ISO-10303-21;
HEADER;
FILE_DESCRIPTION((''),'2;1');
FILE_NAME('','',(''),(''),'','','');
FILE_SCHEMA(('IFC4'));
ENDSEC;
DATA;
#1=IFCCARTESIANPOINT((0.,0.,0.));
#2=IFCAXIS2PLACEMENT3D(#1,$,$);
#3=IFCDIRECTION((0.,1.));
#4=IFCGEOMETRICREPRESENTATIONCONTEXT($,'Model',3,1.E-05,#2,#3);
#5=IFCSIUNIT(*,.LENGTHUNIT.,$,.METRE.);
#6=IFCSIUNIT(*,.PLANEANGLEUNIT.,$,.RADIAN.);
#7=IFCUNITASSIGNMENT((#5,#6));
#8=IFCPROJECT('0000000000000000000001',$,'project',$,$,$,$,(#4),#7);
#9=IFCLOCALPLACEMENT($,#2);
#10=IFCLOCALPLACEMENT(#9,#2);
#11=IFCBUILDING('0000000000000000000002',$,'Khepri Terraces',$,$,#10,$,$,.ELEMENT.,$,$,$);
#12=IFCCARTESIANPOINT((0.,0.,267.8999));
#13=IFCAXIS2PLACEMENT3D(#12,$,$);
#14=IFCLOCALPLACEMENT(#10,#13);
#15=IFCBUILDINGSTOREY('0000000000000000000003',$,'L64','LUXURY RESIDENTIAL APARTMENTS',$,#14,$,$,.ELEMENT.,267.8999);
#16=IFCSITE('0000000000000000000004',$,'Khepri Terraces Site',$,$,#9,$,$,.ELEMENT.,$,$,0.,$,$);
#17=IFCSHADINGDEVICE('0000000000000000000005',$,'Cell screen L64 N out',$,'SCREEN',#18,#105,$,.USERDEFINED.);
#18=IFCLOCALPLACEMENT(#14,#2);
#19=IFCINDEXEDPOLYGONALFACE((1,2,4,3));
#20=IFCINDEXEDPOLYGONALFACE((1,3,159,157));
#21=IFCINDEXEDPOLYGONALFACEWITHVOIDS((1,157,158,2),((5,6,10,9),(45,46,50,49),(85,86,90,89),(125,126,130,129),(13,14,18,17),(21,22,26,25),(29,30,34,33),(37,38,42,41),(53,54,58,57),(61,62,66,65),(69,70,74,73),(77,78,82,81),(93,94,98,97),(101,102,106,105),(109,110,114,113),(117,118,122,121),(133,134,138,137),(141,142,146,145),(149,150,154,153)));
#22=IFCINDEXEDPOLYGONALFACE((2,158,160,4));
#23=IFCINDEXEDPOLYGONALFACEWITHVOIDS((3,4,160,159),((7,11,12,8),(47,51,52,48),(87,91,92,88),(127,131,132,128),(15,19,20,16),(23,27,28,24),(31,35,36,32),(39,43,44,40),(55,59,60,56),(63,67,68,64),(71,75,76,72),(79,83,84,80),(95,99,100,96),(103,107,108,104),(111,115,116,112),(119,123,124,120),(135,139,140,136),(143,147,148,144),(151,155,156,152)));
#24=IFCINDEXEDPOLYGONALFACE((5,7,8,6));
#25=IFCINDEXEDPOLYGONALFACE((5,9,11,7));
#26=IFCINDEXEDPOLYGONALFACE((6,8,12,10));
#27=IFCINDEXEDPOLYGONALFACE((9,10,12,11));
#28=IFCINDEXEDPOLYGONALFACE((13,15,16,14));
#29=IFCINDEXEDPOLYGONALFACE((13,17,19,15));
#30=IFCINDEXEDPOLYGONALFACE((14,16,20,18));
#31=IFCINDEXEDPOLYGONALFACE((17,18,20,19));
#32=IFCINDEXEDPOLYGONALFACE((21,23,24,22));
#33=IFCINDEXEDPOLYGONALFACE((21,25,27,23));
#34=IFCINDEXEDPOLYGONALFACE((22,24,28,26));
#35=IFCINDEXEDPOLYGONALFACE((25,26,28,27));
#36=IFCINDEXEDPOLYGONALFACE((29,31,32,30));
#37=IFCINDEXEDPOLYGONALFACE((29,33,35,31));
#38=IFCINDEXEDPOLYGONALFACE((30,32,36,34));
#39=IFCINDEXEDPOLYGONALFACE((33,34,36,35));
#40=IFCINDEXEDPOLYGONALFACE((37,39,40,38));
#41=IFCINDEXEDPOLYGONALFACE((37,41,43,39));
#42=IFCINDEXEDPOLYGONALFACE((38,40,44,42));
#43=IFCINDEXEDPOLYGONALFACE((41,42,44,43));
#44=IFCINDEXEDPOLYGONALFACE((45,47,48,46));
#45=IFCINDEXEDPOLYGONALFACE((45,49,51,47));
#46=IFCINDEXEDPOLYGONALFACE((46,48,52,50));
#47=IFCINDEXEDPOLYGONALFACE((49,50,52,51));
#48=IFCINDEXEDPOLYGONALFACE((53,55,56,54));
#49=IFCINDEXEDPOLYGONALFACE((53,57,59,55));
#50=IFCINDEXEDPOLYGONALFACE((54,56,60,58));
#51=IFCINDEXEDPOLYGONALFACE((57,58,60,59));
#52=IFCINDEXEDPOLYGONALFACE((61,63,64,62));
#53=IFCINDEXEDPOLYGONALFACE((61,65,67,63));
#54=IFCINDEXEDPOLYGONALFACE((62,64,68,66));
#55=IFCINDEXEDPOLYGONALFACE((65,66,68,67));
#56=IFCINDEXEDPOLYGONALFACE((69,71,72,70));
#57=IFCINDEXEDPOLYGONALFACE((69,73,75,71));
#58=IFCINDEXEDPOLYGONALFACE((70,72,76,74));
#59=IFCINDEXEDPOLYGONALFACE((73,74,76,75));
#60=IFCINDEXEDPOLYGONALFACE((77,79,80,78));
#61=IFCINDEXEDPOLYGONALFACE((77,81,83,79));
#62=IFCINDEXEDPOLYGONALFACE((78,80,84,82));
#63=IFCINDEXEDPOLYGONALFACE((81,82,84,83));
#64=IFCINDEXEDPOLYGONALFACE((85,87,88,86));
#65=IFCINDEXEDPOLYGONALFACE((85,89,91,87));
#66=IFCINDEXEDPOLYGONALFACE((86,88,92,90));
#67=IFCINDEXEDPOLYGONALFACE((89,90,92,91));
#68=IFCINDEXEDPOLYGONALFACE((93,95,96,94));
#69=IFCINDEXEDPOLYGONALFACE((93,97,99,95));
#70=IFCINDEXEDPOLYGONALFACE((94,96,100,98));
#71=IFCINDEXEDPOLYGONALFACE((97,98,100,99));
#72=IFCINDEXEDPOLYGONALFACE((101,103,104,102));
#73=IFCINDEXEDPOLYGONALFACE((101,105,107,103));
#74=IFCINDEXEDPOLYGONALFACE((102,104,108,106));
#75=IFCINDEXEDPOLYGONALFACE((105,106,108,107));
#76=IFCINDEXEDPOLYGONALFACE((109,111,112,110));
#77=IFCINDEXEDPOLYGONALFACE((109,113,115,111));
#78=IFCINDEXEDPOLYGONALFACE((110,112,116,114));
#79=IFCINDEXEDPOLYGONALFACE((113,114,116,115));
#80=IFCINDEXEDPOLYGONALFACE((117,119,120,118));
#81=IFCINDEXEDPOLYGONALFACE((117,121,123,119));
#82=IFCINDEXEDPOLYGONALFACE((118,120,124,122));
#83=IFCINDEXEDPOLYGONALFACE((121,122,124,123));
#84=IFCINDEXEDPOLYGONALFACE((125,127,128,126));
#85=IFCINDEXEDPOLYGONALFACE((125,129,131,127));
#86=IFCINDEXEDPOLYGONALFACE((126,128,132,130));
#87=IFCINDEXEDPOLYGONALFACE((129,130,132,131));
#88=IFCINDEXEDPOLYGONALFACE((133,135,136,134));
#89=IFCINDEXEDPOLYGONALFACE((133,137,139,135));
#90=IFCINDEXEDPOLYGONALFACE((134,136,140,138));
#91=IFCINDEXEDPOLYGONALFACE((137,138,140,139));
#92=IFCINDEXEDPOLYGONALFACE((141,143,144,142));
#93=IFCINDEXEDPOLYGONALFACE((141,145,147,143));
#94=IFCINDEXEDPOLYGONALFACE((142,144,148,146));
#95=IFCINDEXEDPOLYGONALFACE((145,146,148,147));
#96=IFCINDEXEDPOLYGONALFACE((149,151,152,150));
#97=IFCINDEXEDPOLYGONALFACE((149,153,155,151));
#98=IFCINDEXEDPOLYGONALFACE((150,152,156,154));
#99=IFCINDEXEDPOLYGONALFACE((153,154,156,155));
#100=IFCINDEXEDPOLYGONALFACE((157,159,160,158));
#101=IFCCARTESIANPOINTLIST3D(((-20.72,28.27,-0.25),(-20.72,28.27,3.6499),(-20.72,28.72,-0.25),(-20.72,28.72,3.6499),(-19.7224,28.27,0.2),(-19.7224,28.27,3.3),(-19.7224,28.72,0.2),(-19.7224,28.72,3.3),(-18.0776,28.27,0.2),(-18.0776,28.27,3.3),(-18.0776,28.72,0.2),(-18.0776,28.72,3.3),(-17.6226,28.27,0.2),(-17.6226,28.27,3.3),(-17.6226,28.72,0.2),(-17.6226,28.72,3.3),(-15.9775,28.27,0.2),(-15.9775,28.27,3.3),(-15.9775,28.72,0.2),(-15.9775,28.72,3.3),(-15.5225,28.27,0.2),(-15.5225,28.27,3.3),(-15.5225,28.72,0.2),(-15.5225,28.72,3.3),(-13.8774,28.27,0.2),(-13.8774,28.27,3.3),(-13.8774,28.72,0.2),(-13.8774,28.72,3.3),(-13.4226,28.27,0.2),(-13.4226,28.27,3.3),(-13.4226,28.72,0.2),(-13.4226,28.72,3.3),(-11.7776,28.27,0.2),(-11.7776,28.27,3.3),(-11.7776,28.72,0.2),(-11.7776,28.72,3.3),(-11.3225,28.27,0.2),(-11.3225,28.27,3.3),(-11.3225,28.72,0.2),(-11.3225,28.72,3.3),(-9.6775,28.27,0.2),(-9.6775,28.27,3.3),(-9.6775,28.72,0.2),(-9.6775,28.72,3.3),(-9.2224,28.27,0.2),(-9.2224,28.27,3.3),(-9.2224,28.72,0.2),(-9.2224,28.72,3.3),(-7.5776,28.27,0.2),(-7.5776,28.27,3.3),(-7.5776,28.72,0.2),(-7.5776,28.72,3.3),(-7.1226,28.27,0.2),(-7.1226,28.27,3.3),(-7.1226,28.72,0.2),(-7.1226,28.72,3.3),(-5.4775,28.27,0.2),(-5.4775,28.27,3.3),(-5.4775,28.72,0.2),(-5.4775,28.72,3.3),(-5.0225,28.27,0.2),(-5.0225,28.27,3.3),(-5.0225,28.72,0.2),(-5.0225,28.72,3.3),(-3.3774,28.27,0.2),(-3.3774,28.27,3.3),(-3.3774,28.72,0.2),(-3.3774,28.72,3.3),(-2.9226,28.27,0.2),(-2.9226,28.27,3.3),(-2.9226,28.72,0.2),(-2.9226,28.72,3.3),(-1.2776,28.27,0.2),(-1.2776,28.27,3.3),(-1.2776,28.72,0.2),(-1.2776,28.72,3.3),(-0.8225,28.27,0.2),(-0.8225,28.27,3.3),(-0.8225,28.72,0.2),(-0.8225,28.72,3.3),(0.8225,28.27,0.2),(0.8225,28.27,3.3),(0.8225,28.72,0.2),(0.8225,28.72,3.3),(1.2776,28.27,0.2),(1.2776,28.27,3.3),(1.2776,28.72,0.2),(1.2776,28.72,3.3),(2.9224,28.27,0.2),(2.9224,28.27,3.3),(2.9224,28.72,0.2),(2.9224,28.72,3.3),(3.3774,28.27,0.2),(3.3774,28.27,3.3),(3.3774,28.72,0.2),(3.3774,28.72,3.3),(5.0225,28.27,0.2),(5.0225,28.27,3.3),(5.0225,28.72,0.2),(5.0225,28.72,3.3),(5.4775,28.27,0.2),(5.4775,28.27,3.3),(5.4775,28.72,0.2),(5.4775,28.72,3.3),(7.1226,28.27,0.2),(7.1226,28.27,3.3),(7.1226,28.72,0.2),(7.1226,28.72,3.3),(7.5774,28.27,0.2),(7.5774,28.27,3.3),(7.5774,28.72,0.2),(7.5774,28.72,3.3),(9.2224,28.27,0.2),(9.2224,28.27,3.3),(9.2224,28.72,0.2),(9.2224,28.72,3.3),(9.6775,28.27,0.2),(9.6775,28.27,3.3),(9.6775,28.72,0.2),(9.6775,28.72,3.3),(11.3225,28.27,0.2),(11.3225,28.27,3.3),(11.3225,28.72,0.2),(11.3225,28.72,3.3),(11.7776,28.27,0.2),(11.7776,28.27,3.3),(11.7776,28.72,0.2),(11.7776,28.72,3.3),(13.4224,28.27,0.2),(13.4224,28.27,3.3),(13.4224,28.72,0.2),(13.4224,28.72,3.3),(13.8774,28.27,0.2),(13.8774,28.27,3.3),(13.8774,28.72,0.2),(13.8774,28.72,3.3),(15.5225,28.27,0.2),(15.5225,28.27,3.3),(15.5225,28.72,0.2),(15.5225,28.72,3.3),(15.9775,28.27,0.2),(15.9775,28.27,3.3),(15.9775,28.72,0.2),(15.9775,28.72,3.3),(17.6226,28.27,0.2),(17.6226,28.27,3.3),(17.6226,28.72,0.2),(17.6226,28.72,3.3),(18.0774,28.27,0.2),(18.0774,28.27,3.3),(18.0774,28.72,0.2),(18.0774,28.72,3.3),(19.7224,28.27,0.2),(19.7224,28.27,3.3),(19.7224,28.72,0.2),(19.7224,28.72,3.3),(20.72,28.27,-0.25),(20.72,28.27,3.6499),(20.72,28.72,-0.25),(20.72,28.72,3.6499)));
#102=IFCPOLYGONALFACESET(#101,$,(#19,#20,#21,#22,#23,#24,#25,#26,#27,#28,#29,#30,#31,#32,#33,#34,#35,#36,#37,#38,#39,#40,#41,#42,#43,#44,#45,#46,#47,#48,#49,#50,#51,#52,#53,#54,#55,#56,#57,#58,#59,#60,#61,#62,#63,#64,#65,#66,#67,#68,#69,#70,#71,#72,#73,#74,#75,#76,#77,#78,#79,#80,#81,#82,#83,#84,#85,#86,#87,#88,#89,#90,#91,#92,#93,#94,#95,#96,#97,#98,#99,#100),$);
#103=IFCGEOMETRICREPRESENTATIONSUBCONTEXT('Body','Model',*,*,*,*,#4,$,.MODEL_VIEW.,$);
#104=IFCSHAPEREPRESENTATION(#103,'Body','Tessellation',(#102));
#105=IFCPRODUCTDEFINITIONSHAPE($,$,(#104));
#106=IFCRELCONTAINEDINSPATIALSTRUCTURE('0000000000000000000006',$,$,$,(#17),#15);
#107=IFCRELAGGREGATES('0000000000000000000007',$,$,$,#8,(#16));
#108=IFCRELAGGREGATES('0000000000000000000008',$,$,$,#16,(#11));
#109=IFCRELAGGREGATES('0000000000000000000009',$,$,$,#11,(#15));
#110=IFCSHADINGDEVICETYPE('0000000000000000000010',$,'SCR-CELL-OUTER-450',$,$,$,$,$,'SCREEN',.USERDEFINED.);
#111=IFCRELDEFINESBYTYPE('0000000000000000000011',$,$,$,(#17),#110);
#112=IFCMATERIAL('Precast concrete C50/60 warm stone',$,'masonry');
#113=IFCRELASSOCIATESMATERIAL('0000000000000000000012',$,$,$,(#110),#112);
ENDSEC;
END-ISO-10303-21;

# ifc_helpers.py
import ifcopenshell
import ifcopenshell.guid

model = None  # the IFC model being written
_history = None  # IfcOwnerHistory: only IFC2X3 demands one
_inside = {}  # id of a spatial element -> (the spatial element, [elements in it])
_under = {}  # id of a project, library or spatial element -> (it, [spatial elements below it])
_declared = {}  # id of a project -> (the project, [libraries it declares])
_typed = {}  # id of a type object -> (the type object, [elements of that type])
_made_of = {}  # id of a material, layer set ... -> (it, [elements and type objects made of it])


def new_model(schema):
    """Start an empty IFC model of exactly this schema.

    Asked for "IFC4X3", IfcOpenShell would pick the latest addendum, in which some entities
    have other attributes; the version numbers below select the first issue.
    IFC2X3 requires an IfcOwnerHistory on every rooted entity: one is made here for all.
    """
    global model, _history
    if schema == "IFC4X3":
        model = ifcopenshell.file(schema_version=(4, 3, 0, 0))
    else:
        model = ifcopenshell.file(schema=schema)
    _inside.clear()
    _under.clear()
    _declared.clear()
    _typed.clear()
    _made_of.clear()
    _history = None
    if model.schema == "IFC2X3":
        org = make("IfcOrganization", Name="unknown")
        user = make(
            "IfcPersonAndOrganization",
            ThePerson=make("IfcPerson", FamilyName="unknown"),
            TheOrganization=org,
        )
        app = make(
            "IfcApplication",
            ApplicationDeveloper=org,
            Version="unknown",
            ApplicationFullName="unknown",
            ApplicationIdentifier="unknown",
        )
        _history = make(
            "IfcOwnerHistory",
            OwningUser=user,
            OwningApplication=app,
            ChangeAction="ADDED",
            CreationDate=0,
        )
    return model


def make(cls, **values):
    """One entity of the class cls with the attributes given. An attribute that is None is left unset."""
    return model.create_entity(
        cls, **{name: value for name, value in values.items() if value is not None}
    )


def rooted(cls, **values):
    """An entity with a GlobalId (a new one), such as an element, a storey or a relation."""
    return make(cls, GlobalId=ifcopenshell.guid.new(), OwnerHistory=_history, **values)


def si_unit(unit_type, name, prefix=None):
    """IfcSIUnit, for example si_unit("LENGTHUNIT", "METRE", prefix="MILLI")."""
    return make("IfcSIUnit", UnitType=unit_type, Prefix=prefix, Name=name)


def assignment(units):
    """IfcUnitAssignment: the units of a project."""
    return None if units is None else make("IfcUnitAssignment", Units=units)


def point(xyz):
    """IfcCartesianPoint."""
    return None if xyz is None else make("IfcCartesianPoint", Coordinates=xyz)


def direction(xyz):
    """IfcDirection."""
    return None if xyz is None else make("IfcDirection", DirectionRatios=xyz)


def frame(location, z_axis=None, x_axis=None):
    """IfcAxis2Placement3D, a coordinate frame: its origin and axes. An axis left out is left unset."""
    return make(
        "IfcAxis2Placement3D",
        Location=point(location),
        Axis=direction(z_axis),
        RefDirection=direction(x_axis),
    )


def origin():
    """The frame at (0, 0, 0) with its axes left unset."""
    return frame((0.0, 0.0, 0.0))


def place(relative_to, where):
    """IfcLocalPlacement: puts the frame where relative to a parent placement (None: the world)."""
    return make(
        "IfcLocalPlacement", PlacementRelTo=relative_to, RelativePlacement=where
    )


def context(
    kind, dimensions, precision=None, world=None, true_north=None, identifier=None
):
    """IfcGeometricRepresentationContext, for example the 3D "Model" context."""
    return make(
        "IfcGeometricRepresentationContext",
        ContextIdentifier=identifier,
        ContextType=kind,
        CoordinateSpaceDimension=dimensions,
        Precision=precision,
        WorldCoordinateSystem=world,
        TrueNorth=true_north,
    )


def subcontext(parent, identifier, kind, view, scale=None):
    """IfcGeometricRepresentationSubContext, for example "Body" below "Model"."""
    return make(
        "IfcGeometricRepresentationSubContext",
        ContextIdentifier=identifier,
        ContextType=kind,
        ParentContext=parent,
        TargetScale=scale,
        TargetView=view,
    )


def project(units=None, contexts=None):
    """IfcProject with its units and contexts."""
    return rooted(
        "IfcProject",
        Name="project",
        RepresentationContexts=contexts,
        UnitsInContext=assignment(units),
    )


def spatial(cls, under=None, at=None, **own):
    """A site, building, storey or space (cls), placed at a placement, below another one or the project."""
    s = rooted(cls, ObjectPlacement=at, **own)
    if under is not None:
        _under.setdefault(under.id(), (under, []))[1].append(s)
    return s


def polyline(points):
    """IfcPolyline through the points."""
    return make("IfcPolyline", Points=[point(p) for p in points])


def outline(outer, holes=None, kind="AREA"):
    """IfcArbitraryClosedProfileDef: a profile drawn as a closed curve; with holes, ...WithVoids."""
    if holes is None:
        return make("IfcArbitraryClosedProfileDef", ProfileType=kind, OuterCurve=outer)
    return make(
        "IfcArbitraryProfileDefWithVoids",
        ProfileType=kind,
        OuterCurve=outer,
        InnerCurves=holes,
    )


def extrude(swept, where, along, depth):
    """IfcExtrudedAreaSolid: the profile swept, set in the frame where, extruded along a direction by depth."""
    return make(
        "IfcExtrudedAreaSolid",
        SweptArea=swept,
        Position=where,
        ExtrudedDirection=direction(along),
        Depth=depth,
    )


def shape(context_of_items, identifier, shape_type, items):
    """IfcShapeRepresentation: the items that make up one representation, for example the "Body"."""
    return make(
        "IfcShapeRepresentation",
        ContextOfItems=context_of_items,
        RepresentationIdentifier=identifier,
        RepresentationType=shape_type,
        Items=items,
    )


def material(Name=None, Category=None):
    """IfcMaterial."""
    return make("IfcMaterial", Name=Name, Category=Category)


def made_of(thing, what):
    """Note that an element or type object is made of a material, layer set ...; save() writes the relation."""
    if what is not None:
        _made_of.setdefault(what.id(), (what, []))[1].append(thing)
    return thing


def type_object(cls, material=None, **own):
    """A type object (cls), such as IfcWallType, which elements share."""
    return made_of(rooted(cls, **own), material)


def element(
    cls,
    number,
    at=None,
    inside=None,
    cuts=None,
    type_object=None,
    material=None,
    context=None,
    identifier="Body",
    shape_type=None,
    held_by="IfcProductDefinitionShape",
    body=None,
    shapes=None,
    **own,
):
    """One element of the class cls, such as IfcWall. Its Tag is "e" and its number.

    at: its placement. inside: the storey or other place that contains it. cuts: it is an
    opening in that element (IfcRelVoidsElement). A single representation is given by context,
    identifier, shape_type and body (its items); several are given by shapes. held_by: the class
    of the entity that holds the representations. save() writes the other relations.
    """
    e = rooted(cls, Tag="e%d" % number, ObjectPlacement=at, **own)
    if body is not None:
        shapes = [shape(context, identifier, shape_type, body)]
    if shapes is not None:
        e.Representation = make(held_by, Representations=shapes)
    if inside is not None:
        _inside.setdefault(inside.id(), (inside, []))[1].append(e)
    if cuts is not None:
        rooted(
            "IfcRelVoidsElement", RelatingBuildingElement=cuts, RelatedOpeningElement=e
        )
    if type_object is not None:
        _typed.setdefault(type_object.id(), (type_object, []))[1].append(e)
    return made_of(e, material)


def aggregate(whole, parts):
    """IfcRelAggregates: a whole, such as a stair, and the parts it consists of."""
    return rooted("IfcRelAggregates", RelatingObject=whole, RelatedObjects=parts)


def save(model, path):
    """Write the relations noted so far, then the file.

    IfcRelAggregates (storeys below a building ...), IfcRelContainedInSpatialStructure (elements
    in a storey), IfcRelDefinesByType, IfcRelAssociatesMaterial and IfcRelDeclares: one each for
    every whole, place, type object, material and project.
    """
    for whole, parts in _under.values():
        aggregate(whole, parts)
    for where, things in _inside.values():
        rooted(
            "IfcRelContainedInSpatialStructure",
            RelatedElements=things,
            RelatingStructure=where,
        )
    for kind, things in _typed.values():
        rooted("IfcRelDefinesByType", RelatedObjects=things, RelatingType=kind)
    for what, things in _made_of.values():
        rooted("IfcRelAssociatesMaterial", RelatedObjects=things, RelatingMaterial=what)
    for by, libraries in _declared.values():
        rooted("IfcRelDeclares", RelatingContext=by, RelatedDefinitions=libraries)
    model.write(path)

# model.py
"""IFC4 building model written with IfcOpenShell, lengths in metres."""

from ifc_helpers import new_model, si_unit, direction, frame, origin, place, context, subcontext, project, spatial, polyline, outline, extrude, material, type_object, element, save


model = new_model("IFC4")

# Units and contexts
model_context = context("Model", 3, precision=1e-05, world=origin(), true_north=direction((0.0, 1.0)))
body_context = subcontext(model_context, "Body", "Model", "MODEL_VIEW")
ifc_project = project(units=[si_unit("LENGTHUNIT", "METRE"), si_unit("PLANEANGLEUNIT", "RADIAN")], contexts=[model_context])

# Site, building, storey
site_placement = place(None, origin())
site = spatial("IfcSite", under=ifc_project, at=site_placement, Name="Khepri Terraces Site", CompositionType="ELEMENT", RefElevation=0.0)
building_placement = place(site_placement, origin())
building = spatial("IfcBuilding", under=site, at=building_placement, Name="Khepri Terraces", CompositionType="ELEMENT")
storey_placement = place(building_placement, frame((0.0, 0.0, 267.8999)))
storey = spatial("IfcBuildingStorey", under=building, at=storey_placement, Name="L64", Description="LUXURY RESIDENTIAL APARTMENTS", CompositionType="ELEMENT", Elevation=267.8999)

# Shared definitions
ifc_material_1 = material(Name="Precast concrete C50/60 warm stone", Category="masonry")

# Shading device
shading_device_type_1 = type_object("IfcShadingDeviceType", Name="SCR-CELL-OUTER-450", ElementType="SCREEN", PredefinedType="USERDEFINED", material=ifc_material_1)
shading_device_1_placement = place(storey_placement, frame((20.72, 28.27, -0.25), z_axis=(0.0, 1.0, 0.0), x_axis=(-1.0, 0.0, 0.0)))
element("IfcShadingDevice", 1, at=shading_device_1_placement, inside=storey, type_object=shading_device_type_1, Name="Cell screen L64 N out", ObjectType="SCREEN", PredefinedType="USERDEFINED", context=body_context, shape_type="SweptSolid", body=[
    extrude(outline(polyline([(0.0, 0.0), (41.4399, 0.0), (41.4399, 3.8999), (0.0, 3.8999), (0.0, 0.0)]), holes=[polyline([(0.9976, 0.45), (2.6426, 0.45), (2.6426, 3.55), (0.9976, 3.55), (0.9976, 0.45)]), polyline([(3.0974, 0.45), (4.7424, 0.45), (4.7424, 3.55), (3.0974, 3.55), (3.0974, 0.45)]), polyline([(5.1975, 0.45), (6.8425, 0.45), (6.8425, 3.55), (5.1975, 3.55), (5.1975, 0.45)]), polyline([(7.2976, 0.45), (8.9424, 0.45), (8.9424, 3.55), (7.2976, 3.55), (7.2976, 0.45)]), polyline([(9.3975, 0.45), (11.0425, 0.45), (11.0425, 3.55), (9.3975, 3.55), (9.3975, 0.45)]), polyline([(11.4976, 0.45), (13.1426, 0.45), (13.1426, 3.55), (11.4976, 3.55), (11.4976, 0.45)]), polyline([(13.5974, 0.45), (15.2424, 0.45), (15.2424, 3.55), (13.5974, 3.55), (13.5974, 0.45)]), polyline([(15.6975, 0.45), (17.3425, 0.45), (17.3425, 3.55), (15.6975, 3.55), (15.6975, 0.45)]), polyline([(17.7976, 0.45), (19.4424, 0.45), (19.4424, 3.55), (17.7976, 3.55), (17.7976, 0.45)]), polyline([(19.8975, 0.45), (21.5425, 0.45), (21.5425, 3.55), (19.8975, 3.55), (19.8975, 0.45)]), polyline([(21.9976, 0.45), (23.6426, 0.45), (23.6426, 3.55), (21.9976, 3.55), (21.9976, 0.45)]), polyline([(24.0974, 0.45), (25.7424, 0.45), (25.7424, 3.55), (24.0974, 3.55), (24.0974, 0.45)]), polyline([(26.1975, 0.45), (27.8425, 0.45), (27.8425, 3.55), (26.1975, 3.55), (26.1975, 0.45)]), polyline([(28.2976, 0.45), (29.9424, 0.45), (29.9424, 3.55), (28.2976, 3.55), (28.2976, 0.45)]), polyline([(30.3975, 0.45), (32.0425, 0.45), (32.0425, 3.55), (30.3975, 3.55), (30.3975, 0.45)]), polyline([(32.4976, 0.45), (34.1426, 0.45), (34.1426, 3.55), (32.4976, 3.55), (32.4976, 0.45)]), polyline([(34.5974, 0.45), (36.2424, 0.45), (36.2424, 3.55), (34.5974, 3.55), (34.5974, 0.45)]), polyline([(36.6975, 0.45), (38.3425, 0.45), (38.3425, 3.55), (36.6975, 3.55), (36.6975, 0.45)]), polyline([(38.7976, 0.45), (40.4424, 0.45), (40.4424, 3.55), (38.7976, 3.55), (38.7976, 0.45)])]), origin(), (0.0, 0.0, 1.0), 0.45),
])

save(model, "model.ifc")
